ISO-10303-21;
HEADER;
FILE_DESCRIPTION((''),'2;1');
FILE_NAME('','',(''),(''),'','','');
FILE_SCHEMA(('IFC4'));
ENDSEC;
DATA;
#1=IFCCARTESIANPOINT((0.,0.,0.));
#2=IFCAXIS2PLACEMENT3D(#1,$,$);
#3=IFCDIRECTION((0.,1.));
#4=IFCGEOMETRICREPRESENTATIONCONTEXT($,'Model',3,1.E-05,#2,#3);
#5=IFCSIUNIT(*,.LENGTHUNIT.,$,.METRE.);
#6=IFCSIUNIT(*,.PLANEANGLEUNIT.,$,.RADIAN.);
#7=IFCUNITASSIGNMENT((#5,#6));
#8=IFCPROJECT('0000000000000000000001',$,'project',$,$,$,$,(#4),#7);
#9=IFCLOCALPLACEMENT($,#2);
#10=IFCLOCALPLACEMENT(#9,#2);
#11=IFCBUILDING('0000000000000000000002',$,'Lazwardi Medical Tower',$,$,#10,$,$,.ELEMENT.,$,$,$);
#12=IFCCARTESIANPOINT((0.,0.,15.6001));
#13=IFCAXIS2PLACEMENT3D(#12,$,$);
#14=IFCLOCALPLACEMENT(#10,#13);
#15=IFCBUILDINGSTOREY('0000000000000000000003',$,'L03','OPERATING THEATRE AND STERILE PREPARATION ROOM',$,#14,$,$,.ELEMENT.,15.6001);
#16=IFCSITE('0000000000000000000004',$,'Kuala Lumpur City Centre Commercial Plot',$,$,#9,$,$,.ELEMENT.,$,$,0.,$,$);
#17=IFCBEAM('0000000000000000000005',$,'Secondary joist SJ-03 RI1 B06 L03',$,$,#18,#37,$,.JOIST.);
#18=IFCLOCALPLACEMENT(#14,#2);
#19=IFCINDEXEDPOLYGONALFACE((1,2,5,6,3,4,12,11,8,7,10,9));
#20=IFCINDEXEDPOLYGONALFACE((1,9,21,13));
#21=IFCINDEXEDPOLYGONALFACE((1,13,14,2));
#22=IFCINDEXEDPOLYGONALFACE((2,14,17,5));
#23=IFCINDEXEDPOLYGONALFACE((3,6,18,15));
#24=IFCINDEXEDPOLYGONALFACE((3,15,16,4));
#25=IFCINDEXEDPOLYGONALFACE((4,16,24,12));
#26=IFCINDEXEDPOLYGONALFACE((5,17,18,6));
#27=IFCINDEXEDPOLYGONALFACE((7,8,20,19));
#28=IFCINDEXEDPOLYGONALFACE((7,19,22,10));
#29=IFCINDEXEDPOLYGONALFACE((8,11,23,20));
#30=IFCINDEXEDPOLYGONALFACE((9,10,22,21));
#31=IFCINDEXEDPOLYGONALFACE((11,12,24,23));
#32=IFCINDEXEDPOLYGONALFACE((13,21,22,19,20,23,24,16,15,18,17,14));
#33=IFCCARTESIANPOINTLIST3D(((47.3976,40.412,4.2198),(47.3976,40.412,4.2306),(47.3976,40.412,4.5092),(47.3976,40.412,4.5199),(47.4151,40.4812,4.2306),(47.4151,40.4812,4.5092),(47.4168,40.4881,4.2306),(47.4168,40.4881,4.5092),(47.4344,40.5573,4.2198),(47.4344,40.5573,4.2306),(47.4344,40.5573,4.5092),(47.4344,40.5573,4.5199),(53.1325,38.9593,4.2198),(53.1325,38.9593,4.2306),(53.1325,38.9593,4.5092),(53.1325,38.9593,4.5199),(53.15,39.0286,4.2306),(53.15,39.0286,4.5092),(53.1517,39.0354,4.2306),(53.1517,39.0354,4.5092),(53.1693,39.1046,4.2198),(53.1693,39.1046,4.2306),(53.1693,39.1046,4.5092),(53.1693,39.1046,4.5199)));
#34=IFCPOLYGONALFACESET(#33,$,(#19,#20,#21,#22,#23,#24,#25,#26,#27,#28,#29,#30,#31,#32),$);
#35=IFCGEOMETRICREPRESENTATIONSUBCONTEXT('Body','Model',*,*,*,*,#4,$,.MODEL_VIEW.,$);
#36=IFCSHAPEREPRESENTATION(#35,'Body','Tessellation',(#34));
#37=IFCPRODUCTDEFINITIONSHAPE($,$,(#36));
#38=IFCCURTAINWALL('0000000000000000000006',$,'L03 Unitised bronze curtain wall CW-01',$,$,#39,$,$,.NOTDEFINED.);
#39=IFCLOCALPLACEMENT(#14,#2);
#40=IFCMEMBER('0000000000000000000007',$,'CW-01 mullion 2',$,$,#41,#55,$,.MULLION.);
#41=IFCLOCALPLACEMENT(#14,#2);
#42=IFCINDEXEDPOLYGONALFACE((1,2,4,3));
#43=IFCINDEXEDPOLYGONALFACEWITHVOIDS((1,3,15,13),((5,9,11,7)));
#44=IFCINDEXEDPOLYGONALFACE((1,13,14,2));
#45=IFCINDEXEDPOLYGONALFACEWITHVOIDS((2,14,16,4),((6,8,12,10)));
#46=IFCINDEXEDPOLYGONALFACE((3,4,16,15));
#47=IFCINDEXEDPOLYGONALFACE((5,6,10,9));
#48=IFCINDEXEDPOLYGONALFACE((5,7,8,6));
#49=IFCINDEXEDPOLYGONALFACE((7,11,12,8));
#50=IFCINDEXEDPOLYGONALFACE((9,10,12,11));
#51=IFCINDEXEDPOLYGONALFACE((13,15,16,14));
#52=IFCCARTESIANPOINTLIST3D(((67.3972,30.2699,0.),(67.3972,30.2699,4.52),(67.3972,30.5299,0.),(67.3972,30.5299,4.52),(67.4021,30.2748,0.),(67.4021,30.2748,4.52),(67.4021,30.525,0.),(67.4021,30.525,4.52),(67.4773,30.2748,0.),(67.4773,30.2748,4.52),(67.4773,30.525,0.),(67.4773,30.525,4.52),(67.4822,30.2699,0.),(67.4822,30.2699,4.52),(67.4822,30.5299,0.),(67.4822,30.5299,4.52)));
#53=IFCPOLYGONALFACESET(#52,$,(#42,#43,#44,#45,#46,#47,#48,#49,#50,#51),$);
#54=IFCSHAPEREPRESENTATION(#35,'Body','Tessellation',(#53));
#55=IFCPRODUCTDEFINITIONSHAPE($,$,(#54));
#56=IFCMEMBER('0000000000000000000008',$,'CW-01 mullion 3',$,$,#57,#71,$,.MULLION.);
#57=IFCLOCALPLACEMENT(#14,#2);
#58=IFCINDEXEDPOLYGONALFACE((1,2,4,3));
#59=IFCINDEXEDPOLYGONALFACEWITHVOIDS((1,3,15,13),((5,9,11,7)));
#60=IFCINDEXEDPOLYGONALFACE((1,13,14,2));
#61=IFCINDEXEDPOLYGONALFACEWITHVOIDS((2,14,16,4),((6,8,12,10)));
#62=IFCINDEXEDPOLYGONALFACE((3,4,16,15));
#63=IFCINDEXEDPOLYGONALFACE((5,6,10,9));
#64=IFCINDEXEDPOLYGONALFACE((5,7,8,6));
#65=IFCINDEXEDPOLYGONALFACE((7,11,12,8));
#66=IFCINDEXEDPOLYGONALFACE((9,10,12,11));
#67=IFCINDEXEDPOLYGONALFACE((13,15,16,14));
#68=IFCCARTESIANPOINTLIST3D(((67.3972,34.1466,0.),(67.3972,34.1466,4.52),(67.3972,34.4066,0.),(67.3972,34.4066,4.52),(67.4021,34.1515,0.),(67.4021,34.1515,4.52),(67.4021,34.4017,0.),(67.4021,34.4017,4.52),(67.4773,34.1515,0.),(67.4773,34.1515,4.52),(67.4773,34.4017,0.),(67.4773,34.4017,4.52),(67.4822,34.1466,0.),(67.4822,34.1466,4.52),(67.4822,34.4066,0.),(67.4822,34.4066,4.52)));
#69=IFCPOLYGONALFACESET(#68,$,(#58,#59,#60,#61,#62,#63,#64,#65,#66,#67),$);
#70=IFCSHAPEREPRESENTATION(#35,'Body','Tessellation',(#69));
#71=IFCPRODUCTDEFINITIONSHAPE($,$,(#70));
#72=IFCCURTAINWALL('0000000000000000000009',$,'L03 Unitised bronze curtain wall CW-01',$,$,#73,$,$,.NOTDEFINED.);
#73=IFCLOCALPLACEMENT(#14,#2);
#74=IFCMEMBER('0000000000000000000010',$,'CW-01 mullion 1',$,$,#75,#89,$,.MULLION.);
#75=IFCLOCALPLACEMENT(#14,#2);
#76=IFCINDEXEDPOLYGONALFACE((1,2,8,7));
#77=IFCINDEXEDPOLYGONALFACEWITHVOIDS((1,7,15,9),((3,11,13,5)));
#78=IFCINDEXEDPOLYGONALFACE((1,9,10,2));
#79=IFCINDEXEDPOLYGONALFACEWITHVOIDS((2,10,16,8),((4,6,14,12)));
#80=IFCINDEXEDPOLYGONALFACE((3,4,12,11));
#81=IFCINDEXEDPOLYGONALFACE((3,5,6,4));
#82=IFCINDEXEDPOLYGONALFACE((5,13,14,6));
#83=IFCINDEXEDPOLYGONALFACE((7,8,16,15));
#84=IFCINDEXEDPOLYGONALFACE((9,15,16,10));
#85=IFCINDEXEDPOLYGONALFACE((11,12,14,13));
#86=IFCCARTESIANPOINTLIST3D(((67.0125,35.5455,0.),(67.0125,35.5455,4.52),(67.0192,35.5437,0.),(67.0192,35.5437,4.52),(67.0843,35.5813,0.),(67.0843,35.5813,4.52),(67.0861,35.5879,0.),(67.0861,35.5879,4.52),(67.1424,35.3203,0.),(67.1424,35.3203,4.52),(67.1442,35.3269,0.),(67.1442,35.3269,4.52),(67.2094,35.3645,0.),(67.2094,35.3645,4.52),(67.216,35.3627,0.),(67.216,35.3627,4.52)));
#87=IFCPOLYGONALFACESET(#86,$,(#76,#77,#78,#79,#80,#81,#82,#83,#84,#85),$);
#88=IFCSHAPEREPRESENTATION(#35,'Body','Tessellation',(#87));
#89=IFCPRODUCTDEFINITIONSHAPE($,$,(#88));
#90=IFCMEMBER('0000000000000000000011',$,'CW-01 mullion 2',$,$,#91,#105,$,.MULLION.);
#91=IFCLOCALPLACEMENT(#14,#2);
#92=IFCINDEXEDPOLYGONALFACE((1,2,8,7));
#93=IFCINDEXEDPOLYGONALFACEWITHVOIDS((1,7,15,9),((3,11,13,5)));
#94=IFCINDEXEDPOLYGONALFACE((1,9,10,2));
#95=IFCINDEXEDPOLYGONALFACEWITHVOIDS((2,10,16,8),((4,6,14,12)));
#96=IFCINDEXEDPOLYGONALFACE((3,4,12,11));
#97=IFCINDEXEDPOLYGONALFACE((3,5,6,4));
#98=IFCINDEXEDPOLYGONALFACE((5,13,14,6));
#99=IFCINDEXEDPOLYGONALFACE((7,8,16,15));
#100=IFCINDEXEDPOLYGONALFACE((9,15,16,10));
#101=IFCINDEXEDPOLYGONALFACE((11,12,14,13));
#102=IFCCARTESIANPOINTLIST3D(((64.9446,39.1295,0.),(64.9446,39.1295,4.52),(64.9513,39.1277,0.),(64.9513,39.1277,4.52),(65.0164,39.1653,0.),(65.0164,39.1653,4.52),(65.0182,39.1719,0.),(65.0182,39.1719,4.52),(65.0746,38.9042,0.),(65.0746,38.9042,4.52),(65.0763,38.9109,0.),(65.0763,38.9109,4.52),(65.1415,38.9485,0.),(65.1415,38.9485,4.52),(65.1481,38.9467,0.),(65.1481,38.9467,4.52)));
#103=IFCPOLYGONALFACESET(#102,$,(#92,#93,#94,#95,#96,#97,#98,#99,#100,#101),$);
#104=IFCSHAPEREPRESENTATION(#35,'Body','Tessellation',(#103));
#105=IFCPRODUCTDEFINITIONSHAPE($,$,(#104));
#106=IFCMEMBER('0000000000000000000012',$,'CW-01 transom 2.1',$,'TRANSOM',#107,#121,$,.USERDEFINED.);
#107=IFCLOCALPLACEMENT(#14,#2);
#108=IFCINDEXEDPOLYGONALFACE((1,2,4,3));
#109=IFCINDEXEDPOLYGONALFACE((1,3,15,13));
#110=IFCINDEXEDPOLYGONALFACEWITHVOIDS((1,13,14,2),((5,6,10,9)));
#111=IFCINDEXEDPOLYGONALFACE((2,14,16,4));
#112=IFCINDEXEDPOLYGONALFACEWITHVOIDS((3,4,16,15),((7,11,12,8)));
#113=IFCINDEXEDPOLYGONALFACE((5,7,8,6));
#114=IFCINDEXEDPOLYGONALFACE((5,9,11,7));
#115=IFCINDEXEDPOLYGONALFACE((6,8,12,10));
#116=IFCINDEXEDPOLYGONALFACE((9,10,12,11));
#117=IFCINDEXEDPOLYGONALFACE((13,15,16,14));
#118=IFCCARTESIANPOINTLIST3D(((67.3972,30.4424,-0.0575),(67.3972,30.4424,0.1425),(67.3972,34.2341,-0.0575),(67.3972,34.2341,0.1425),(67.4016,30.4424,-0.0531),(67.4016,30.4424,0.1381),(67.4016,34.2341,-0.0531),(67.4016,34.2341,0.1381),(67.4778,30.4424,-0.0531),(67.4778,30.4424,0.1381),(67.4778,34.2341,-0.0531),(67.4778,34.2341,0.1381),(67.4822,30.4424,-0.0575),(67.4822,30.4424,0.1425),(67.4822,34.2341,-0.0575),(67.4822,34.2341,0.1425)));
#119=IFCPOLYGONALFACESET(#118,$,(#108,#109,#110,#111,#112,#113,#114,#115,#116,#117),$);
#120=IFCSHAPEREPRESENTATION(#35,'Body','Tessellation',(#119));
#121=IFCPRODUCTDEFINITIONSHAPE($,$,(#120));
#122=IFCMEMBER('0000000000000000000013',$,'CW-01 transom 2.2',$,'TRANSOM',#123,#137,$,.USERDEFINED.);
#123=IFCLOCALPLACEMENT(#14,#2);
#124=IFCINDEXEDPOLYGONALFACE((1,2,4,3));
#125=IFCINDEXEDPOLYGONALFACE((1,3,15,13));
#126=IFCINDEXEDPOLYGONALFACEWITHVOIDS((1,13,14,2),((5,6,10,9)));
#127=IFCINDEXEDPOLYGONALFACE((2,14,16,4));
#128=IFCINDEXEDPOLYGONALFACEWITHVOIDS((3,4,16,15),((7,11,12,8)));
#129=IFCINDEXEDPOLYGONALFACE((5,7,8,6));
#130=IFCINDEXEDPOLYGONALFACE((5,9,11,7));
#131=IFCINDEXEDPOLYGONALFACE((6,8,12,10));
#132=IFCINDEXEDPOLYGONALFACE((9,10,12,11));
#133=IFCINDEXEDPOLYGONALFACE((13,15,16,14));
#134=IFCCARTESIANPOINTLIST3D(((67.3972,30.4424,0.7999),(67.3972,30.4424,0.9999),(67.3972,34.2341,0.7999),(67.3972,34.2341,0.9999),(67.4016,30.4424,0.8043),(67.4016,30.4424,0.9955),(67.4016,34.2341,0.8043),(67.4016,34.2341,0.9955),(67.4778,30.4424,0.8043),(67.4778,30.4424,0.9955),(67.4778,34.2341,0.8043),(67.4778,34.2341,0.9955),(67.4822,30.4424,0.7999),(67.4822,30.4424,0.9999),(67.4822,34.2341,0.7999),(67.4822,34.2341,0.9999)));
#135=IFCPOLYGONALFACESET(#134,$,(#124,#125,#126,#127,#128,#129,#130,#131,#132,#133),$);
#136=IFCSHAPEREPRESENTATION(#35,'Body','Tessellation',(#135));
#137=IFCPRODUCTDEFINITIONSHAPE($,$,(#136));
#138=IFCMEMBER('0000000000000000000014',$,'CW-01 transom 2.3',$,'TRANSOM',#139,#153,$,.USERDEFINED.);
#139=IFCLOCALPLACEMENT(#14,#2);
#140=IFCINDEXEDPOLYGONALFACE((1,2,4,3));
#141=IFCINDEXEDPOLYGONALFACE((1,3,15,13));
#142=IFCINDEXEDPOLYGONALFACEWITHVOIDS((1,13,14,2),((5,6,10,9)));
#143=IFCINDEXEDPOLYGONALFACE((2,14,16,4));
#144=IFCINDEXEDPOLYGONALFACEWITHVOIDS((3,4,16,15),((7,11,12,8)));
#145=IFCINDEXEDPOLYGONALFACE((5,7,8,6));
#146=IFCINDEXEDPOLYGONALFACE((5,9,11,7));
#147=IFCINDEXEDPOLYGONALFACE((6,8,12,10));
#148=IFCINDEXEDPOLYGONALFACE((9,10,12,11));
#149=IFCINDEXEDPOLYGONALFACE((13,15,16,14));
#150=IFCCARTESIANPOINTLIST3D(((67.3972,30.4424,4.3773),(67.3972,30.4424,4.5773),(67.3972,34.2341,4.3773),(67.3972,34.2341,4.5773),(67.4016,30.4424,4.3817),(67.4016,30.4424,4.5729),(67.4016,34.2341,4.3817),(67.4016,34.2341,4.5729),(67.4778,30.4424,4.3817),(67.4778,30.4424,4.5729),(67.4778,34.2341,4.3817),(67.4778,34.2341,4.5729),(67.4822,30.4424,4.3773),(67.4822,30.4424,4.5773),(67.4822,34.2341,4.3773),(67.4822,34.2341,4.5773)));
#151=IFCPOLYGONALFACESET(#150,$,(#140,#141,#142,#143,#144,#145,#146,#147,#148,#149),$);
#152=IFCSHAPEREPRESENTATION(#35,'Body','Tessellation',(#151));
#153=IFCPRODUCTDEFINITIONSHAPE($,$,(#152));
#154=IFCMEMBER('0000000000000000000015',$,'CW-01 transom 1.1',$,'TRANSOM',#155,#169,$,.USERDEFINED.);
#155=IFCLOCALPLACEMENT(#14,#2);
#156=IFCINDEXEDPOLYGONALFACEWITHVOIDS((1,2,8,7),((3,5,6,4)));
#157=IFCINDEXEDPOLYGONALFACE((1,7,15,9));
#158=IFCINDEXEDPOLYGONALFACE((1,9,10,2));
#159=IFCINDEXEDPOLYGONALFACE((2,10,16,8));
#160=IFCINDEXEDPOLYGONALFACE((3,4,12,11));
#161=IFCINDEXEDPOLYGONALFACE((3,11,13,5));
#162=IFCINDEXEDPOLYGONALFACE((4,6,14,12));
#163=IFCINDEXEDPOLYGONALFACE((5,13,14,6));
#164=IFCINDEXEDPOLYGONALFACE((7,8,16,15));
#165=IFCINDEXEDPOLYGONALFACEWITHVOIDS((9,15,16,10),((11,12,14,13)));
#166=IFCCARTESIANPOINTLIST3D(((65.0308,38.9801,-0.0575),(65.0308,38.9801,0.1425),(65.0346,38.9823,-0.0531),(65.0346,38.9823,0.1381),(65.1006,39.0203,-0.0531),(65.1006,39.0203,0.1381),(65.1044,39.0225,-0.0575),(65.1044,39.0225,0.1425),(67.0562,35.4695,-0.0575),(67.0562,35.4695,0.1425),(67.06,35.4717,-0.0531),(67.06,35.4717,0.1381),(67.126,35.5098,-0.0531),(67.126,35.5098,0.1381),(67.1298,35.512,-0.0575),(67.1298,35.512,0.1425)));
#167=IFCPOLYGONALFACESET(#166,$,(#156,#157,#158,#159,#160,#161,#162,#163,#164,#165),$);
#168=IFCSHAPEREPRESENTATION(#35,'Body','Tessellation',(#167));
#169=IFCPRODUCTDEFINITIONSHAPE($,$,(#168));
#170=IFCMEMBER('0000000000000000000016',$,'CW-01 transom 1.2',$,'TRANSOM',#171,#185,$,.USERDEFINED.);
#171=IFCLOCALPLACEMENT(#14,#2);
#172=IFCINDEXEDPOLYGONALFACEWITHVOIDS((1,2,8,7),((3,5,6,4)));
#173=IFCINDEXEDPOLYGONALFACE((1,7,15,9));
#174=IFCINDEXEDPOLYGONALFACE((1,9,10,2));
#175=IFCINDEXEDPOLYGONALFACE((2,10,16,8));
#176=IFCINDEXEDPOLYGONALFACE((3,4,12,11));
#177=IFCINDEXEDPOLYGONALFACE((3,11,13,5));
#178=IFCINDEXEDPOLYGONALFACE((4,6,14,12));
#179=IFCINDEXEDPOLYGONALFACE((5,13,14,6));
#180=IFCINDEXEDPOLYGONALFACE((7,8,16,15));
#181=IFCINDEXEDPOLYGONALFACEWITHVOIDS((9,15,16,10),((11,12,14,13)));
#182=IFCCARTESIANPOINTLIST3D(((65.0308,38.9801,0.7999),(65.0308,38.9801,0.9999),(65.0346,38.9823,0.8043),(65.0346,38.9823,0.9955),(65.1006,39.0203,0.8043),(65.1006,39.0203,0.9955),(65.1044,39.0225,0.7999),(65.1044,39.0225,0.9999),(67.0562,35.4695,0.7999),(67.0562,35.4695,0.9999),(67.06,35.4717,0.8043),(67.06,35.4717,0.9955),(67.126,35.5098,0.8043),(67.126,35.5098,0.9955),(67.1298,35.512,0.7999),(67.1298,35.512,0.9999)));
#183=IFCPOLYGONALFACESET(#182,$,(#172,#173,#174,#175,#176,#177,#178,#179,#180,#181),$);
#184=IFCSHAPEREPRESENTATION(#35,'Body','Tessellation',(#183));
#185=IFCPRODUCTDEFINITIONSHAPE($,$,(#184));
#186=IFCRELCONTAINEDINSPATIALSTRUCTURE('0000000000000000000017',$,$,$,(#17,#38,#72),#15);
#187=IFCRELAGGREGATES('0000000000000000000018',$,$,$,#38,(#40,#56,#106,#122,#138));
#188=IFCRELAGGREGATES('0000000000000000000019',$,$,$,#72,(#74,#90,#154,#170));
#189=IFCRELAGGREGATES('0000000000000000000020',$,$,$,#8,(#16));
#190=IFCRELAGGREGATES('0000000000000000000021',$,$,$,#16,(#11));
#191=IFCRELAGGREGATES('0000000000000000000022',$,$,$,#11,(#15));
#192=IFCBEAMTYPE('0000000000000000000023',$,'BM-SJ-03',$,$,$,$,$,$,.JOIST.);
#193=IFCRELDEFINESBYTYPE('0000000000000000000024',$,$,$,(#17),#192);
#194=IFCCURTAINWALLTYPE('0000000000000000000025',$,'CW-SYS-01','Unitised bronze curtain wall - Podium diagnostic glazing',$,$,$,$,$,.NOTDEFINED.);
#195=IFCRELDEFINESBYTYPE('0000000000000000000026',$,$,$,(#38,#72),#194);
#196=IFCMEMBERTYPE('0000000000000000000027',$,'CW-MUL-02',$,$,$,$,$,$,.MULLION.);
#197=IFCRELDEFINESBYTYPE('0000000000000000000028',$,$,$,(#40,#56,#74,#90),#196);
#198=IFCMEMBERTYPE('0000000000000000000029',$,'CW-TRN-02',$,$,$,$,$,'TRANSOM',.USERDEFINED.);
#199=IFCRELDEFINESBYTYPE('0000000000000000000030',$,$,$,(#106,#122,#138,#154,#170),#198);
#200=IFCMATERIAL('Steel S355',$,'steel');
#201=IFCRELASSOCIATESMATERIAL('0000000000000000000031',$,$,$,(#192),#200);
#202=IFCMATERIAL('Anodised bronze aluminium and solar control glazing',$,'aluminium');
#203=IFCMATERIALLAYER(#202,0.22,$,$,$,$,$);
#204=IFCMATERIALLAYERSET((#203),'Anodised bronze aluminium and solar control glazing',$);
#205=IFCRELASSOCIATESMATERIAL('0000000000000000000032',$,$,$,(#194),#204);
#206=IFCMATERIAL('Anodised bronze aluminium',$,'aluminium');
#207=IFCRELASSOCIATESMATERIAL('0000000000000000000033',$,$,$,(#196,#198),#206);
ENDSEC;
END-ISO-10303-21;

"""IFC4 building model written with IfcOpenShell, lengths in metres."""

from ifc_helpers import new_model, si_unit, direction, frame, origin, origin_2d, place, context, subcontext, project, spatial, hollow_rectangle, i_section, extrude, material, layer, layer_set, material_profile, profile_set, type_object, element, aggregate, save


model = new_model("IFC4")

# Units and contexts
model_context = context("Model", 3, precision=1e-05, world=origin(), true_north=direction((0.0, 1.0)))
body_context = subcontext(model_context, "Body", "Model", "MODEL_VIEW")
ifc_project = project(units=[si_unit("LENGTHUNIT", "METRE"), si_unit("PLANEANGLEUNIT", "RADIAN")], contexts=[model_context])

# Site, building, storey
site_placement = place(None, origin())
site = spatial("IfcSite", under=ifc_project, at=site_placement, Name="Kuala Lumpur City Centre Commercial Plot", CompositionType="ELEMENT", RefElevation=0.0)
building_placement = place(site_placement, origin())
building = spatial("IfcBuilding", under=site, at=building_placement, Name="Lazwardi Medical Tower", CompositionType="ELEMENT")
storey_placement = place(building_placement, frame((0.0, 0.0, 15.6001)))
storey = spatial("IfcBuildingStorey", under=building, at=storey_placement, Name="L03", Description="OPERATING THEATRE AND STERILE PREPARATION ROOM", CompositionType="ELEMENT", Elevation=15.6001)

# Beam
ifc_material_1 = material(Name="Steel S355", Category="steel")
ifc_material_profile_1 = material_profile(ifc_material_1, i_section(OverallWidth=0.1499, OverallDepth=0.3, WebThickness=0.0071, FlangeThickness=0.0107, at=origin_2d()), Name="IPE 300")
ifc_profile_set_1 = profile_set([ifc_material_profile_1], Name="Steel S355")
beam_type_1 = type_object("IfcBeamType", Name="BM-SJ-03", PredefinedType="JOIST", material=ifc_profile_set_1)
beam_1_placement = place(storey_placement, frame((53.1509, 39.032, 4.3699), z_axis=(-0.969385, 0.245545, 0.0), x_axis=(-0.245545, -0.969385, 0.0)))
element("IfcBeam", 1, at=beam_1_placement, inside=storey, type_object=beam_type_1, Name="Secondary joist SJ-03 RI1 B06 L03", PredefinedType="JOIST", context=body_context, shape_type="SweptSolid", body=[
    extrude(i_section(OverallWidth=0.1499, OverallDepth=0.3, WebThickness=0.0071, FlangeThickness=0.0107, at=origin_2d()), origin(), (0.0, 0.0, 1.0), 5.916),
])

# Curtain walls, members
ifc_material_2 = material(Name="Anodised bronze aluminium and solar control glazing", Category="aluminium")
ifc_layer_1 = layer(ifc_material_2, 0.22)
ifc_layer_set_1 = layer_set([ifc_layer_1], Name="Anodised bronze aluminium and solar control glazing")
curtain_wall_type = type_object("IfcCurtainWallType", Name="CW-SYS-01", Description="Unitised bronze curtain wall - Podium diagnostic glazing", PredefinedType="NOTDEFINED", material=ifc_layer_set_1)
curtain_wall_1_placement = place(storey_placement, origin())
curtain_wall_1 = element("IfcCurtainWall", 2, at=curtain_wall_1_placement, inside=storey, type_object=curtain_wall_type, Name="L03 Unitised bronze curtain wall CW-01", PredefinedType="NOTDEFINED")
ifc_material_3 = material(Name="Anodised bronze aluminium", Category="aluminium")
ifc_material_profile_2 = material_profile(ifc_material_3, hollow_rectangle(XDim=0.085, YDim=0.26, WallThickness=0.0049, at=origin_2d()), Name="ALU-MULLION 260x85x5")
ifc_profile_set_2 = profile_set([ifc_material_profile_2], Name="Anodised bronze aluminium")
member_type_1 = type_object("IfcMemberType", Name="CW-MUL-02", PredefinedType="MULLION", material=ifc_profile_set_2)
member_1_placement = place(storey_placement, frame((67.4397, 30.3999, 0.0), z_axis=(0.0, 0.0, 1.0), x_axis=(-1.0, 0.0, 0.0)))
member_1 = element("IfcMember", 3, at=member_1_placement, type_object=member_type_1, Name="CW-01 mullion 2", PredefinedType="MULLION", context=body_context, shape_type="SweptSolid", body=[
    extrude(hollow_rectangle(XDim=0.085, YDim=0.26, WallThickness=0.0049, at=origin_2d()), origin(), (0.0, 0.0, 1.0), 4.52),
])
member_2_placement = place(storey_placement, frame((67.4397, 34.2766, 0.0), z_axis=(0.0, 0.0, 1.0), x_axis=(-1.0, 0.0, 0.0)))
member_2 = element("IfcMember", 4, at=member_2_placement, type_object=member_type_1, Name="CW-01 mullion 3", PredefinedType="MULLION", context=body_context, shape_type="SweptSolid", body=[
    extrude(hollow_rectangle(XDim=0.085, YDim=0.26, WallThickness=0.0049, at=origin_2d()), origin(), (0.0, 0.0, 1.0), 4.52),
])
curtain_wall_2_placement = place(storey_placement, origin())
curtain_wall_2 = element("IfcCurtainWall", 5, at=curtain_wall_2_placement, inside=storey, type_object=curtain_wall_type, Name="L03 Unitised bronze curtain wall CW-01", PredefinedType="NOTDEFINED")
member_3_placement = place(storey_placement, frame((67.1143, 35.4541, 0.0), z_axis=(0.0, 0.0, 1.0), x_axis=(-0.866181, -0.499731, 0.0)))
member_3 = element("IfcMember", 6, at=member_3_placement, type_object=member_type_1, Name="CW-01 mullion 1", PredefinedType="MULLION", context=body_context, shape_type="SweptSolid", body=[
    extrude(hollow_rectangle(XDim=0.085, YDim=0.26, WallThickness=0.0049, at=origin_2d()), origin(), (0.0, 0.0, 1.0), 4.52),
])
member_4_placement = place(storey_placement, frame((65.0464, 39.0381, 0.0), z_axis=(0.0, 0.0, 1.0), x_axis=(-0.866181, -0.499731, 0.0)))
member_4 = element("IfcMember", 7, at=member_4_placement, type_object=member_type_1, Name="CW-01 mullion 2", PredefinedType="MULLION", context=body_context, shape_type="SweptSolid", body=[
    extrude(hollow_rectangle(XDim=0.085, YDim=0.26, WallThickness=0.0049, at=origin_2d()), origin(), (0.0, 0.0, 1.0), 4.52),
])

# Members
ifc_material_profile_3 = material_profile(ifc_material_3, hollow_rectangle(XDim=0.085, YDim=0.2, WallThickness=0.0044, at=origin_2d()), Name="ALU-TRANSOM 200x85x4.5")
ifc_profile_set_3 = profile_set([ifc_material_profile_3], Name="Anodised bronze aluminium")
member_type_2 = type_object("IfcMemberType", Name="CW-TRN-02", ElementType="TRANSOM", PredefinedType="USERDEFINED", material=ifc_profile_set_3)
member_5_placement = place(storey_placement, frame((67.4397, 30.4424, 0.0425), z_axis=(0.0, 1.0, 0.0), x_axis=(-1.0, 0.0, 0.0)))
member_5 = element("IfcMember", 8, at=member_5_placement, type_object=member_type_2, Name="CW-01 transom 2.1", ObjectType="TRANSOM", PredefinedType="USERDEFINED", context=body_context, shape_type="SweptSolid", body=[
    extrude(hollow_rectangle(XDim=0.085, YDim=0.2, WallThickness=0.0044, at=origin_2d()), origin(), (0.0, 0.0, 1.0), 3.7917),
])
member_6_placement = place(storey_placement, frame((67.4397, 30.4424, 0.8999), z_axis=(0.0, 1.0, 0.0), x_axis=(-1.0, 0.0, 0.0)))
member_6 = element("IfcMember", 9, at=member_6_placement, type_object=member_type_2, Name="CW-01 transom 2.2", ObjectType="TRANSOM", PredefinedType="USERDEFINED", context=body_context, shape_type="SweptSolid", body=[
    extrude(hollow_rectangle(XDim=0.085, YDim=0.2, WallThickness=0.0044, at=origin_2d()), origin(), (0.0, 0.0, 1.0), 3.7917),
])
member_7_placement = place(storey_placement, frame((67.4397, 30.4424, 4.4773), z_axis=(0.0, 1.0, 0.0), x_axis=(-1.0, 0.0, 0.0)))
member_7 = element("IfcMember", 10, at=member_7_placement, type_object=member_type_2, Name="CW-01 transom 2.3", ObjectType="TRANSOM", PredefinedType="USERDEFINED", context=body_context, shape_type="SweptSolid", body=[
    extrude(hollow_rectangle(XDim=0.085, YDim=0.2, WallThickness=0.0044, at=origin_2d()), origin(), (0.0, 0.0, 1.0), 3.7917),
])
member_8_placement = place(storey_placement, frame((67.093, 35.4907, 0.0425), z_axis=(-0.499742, 0.866175, 0.0), x_axis=(-0.866175, -0.499742, 0.0)))
member_8 = element("IfcMember", 11, at=member_8_placement, type_object=member_type_2, Name="CW-01 transom 1.1", ObjectType="TRANSOM", PredefinedType="USERDEFINED", context=body_context, shape_type="SweptSolid", body=[
    extrude(hollow_rectangle(XDim=0.085, YDim=0.2, WallThickness=0.0044, at=origin_2d()), origin(), (0.0, 0.0, 1.0), 4.053),
])
member_9_placement = place(storey_placement, frame((67.093, 35.4907, 0.8999), z_axis=(-0.499742, 0.866175, 0.0), x_axis=(-0.866175, -0.499742, 0.0)))
member_9 = element("IfcMember", 12, at=member_9_placement, type_object=member_type_2, Name="CW-01 transom 1.2", ObjectType="TRANSOM", PredefinedType="USERDEFINED", context=body_context, shape_type="SweptSolid", body=[
    extrude(hollow_rectangle(XDim=0.085, YDim=0.2, WallThickness=0.0044, at=origin_2d()), origin(), (0.0, 0.0, 1.0), 4.053),
])

aggregate(curtain_wall_1, [member_1, member_2, member_5, member_6, member_7])
aggregate(curtain_wall_2, [member_3, member_4, member_8, member_9])

save(model, "model.ifc")
